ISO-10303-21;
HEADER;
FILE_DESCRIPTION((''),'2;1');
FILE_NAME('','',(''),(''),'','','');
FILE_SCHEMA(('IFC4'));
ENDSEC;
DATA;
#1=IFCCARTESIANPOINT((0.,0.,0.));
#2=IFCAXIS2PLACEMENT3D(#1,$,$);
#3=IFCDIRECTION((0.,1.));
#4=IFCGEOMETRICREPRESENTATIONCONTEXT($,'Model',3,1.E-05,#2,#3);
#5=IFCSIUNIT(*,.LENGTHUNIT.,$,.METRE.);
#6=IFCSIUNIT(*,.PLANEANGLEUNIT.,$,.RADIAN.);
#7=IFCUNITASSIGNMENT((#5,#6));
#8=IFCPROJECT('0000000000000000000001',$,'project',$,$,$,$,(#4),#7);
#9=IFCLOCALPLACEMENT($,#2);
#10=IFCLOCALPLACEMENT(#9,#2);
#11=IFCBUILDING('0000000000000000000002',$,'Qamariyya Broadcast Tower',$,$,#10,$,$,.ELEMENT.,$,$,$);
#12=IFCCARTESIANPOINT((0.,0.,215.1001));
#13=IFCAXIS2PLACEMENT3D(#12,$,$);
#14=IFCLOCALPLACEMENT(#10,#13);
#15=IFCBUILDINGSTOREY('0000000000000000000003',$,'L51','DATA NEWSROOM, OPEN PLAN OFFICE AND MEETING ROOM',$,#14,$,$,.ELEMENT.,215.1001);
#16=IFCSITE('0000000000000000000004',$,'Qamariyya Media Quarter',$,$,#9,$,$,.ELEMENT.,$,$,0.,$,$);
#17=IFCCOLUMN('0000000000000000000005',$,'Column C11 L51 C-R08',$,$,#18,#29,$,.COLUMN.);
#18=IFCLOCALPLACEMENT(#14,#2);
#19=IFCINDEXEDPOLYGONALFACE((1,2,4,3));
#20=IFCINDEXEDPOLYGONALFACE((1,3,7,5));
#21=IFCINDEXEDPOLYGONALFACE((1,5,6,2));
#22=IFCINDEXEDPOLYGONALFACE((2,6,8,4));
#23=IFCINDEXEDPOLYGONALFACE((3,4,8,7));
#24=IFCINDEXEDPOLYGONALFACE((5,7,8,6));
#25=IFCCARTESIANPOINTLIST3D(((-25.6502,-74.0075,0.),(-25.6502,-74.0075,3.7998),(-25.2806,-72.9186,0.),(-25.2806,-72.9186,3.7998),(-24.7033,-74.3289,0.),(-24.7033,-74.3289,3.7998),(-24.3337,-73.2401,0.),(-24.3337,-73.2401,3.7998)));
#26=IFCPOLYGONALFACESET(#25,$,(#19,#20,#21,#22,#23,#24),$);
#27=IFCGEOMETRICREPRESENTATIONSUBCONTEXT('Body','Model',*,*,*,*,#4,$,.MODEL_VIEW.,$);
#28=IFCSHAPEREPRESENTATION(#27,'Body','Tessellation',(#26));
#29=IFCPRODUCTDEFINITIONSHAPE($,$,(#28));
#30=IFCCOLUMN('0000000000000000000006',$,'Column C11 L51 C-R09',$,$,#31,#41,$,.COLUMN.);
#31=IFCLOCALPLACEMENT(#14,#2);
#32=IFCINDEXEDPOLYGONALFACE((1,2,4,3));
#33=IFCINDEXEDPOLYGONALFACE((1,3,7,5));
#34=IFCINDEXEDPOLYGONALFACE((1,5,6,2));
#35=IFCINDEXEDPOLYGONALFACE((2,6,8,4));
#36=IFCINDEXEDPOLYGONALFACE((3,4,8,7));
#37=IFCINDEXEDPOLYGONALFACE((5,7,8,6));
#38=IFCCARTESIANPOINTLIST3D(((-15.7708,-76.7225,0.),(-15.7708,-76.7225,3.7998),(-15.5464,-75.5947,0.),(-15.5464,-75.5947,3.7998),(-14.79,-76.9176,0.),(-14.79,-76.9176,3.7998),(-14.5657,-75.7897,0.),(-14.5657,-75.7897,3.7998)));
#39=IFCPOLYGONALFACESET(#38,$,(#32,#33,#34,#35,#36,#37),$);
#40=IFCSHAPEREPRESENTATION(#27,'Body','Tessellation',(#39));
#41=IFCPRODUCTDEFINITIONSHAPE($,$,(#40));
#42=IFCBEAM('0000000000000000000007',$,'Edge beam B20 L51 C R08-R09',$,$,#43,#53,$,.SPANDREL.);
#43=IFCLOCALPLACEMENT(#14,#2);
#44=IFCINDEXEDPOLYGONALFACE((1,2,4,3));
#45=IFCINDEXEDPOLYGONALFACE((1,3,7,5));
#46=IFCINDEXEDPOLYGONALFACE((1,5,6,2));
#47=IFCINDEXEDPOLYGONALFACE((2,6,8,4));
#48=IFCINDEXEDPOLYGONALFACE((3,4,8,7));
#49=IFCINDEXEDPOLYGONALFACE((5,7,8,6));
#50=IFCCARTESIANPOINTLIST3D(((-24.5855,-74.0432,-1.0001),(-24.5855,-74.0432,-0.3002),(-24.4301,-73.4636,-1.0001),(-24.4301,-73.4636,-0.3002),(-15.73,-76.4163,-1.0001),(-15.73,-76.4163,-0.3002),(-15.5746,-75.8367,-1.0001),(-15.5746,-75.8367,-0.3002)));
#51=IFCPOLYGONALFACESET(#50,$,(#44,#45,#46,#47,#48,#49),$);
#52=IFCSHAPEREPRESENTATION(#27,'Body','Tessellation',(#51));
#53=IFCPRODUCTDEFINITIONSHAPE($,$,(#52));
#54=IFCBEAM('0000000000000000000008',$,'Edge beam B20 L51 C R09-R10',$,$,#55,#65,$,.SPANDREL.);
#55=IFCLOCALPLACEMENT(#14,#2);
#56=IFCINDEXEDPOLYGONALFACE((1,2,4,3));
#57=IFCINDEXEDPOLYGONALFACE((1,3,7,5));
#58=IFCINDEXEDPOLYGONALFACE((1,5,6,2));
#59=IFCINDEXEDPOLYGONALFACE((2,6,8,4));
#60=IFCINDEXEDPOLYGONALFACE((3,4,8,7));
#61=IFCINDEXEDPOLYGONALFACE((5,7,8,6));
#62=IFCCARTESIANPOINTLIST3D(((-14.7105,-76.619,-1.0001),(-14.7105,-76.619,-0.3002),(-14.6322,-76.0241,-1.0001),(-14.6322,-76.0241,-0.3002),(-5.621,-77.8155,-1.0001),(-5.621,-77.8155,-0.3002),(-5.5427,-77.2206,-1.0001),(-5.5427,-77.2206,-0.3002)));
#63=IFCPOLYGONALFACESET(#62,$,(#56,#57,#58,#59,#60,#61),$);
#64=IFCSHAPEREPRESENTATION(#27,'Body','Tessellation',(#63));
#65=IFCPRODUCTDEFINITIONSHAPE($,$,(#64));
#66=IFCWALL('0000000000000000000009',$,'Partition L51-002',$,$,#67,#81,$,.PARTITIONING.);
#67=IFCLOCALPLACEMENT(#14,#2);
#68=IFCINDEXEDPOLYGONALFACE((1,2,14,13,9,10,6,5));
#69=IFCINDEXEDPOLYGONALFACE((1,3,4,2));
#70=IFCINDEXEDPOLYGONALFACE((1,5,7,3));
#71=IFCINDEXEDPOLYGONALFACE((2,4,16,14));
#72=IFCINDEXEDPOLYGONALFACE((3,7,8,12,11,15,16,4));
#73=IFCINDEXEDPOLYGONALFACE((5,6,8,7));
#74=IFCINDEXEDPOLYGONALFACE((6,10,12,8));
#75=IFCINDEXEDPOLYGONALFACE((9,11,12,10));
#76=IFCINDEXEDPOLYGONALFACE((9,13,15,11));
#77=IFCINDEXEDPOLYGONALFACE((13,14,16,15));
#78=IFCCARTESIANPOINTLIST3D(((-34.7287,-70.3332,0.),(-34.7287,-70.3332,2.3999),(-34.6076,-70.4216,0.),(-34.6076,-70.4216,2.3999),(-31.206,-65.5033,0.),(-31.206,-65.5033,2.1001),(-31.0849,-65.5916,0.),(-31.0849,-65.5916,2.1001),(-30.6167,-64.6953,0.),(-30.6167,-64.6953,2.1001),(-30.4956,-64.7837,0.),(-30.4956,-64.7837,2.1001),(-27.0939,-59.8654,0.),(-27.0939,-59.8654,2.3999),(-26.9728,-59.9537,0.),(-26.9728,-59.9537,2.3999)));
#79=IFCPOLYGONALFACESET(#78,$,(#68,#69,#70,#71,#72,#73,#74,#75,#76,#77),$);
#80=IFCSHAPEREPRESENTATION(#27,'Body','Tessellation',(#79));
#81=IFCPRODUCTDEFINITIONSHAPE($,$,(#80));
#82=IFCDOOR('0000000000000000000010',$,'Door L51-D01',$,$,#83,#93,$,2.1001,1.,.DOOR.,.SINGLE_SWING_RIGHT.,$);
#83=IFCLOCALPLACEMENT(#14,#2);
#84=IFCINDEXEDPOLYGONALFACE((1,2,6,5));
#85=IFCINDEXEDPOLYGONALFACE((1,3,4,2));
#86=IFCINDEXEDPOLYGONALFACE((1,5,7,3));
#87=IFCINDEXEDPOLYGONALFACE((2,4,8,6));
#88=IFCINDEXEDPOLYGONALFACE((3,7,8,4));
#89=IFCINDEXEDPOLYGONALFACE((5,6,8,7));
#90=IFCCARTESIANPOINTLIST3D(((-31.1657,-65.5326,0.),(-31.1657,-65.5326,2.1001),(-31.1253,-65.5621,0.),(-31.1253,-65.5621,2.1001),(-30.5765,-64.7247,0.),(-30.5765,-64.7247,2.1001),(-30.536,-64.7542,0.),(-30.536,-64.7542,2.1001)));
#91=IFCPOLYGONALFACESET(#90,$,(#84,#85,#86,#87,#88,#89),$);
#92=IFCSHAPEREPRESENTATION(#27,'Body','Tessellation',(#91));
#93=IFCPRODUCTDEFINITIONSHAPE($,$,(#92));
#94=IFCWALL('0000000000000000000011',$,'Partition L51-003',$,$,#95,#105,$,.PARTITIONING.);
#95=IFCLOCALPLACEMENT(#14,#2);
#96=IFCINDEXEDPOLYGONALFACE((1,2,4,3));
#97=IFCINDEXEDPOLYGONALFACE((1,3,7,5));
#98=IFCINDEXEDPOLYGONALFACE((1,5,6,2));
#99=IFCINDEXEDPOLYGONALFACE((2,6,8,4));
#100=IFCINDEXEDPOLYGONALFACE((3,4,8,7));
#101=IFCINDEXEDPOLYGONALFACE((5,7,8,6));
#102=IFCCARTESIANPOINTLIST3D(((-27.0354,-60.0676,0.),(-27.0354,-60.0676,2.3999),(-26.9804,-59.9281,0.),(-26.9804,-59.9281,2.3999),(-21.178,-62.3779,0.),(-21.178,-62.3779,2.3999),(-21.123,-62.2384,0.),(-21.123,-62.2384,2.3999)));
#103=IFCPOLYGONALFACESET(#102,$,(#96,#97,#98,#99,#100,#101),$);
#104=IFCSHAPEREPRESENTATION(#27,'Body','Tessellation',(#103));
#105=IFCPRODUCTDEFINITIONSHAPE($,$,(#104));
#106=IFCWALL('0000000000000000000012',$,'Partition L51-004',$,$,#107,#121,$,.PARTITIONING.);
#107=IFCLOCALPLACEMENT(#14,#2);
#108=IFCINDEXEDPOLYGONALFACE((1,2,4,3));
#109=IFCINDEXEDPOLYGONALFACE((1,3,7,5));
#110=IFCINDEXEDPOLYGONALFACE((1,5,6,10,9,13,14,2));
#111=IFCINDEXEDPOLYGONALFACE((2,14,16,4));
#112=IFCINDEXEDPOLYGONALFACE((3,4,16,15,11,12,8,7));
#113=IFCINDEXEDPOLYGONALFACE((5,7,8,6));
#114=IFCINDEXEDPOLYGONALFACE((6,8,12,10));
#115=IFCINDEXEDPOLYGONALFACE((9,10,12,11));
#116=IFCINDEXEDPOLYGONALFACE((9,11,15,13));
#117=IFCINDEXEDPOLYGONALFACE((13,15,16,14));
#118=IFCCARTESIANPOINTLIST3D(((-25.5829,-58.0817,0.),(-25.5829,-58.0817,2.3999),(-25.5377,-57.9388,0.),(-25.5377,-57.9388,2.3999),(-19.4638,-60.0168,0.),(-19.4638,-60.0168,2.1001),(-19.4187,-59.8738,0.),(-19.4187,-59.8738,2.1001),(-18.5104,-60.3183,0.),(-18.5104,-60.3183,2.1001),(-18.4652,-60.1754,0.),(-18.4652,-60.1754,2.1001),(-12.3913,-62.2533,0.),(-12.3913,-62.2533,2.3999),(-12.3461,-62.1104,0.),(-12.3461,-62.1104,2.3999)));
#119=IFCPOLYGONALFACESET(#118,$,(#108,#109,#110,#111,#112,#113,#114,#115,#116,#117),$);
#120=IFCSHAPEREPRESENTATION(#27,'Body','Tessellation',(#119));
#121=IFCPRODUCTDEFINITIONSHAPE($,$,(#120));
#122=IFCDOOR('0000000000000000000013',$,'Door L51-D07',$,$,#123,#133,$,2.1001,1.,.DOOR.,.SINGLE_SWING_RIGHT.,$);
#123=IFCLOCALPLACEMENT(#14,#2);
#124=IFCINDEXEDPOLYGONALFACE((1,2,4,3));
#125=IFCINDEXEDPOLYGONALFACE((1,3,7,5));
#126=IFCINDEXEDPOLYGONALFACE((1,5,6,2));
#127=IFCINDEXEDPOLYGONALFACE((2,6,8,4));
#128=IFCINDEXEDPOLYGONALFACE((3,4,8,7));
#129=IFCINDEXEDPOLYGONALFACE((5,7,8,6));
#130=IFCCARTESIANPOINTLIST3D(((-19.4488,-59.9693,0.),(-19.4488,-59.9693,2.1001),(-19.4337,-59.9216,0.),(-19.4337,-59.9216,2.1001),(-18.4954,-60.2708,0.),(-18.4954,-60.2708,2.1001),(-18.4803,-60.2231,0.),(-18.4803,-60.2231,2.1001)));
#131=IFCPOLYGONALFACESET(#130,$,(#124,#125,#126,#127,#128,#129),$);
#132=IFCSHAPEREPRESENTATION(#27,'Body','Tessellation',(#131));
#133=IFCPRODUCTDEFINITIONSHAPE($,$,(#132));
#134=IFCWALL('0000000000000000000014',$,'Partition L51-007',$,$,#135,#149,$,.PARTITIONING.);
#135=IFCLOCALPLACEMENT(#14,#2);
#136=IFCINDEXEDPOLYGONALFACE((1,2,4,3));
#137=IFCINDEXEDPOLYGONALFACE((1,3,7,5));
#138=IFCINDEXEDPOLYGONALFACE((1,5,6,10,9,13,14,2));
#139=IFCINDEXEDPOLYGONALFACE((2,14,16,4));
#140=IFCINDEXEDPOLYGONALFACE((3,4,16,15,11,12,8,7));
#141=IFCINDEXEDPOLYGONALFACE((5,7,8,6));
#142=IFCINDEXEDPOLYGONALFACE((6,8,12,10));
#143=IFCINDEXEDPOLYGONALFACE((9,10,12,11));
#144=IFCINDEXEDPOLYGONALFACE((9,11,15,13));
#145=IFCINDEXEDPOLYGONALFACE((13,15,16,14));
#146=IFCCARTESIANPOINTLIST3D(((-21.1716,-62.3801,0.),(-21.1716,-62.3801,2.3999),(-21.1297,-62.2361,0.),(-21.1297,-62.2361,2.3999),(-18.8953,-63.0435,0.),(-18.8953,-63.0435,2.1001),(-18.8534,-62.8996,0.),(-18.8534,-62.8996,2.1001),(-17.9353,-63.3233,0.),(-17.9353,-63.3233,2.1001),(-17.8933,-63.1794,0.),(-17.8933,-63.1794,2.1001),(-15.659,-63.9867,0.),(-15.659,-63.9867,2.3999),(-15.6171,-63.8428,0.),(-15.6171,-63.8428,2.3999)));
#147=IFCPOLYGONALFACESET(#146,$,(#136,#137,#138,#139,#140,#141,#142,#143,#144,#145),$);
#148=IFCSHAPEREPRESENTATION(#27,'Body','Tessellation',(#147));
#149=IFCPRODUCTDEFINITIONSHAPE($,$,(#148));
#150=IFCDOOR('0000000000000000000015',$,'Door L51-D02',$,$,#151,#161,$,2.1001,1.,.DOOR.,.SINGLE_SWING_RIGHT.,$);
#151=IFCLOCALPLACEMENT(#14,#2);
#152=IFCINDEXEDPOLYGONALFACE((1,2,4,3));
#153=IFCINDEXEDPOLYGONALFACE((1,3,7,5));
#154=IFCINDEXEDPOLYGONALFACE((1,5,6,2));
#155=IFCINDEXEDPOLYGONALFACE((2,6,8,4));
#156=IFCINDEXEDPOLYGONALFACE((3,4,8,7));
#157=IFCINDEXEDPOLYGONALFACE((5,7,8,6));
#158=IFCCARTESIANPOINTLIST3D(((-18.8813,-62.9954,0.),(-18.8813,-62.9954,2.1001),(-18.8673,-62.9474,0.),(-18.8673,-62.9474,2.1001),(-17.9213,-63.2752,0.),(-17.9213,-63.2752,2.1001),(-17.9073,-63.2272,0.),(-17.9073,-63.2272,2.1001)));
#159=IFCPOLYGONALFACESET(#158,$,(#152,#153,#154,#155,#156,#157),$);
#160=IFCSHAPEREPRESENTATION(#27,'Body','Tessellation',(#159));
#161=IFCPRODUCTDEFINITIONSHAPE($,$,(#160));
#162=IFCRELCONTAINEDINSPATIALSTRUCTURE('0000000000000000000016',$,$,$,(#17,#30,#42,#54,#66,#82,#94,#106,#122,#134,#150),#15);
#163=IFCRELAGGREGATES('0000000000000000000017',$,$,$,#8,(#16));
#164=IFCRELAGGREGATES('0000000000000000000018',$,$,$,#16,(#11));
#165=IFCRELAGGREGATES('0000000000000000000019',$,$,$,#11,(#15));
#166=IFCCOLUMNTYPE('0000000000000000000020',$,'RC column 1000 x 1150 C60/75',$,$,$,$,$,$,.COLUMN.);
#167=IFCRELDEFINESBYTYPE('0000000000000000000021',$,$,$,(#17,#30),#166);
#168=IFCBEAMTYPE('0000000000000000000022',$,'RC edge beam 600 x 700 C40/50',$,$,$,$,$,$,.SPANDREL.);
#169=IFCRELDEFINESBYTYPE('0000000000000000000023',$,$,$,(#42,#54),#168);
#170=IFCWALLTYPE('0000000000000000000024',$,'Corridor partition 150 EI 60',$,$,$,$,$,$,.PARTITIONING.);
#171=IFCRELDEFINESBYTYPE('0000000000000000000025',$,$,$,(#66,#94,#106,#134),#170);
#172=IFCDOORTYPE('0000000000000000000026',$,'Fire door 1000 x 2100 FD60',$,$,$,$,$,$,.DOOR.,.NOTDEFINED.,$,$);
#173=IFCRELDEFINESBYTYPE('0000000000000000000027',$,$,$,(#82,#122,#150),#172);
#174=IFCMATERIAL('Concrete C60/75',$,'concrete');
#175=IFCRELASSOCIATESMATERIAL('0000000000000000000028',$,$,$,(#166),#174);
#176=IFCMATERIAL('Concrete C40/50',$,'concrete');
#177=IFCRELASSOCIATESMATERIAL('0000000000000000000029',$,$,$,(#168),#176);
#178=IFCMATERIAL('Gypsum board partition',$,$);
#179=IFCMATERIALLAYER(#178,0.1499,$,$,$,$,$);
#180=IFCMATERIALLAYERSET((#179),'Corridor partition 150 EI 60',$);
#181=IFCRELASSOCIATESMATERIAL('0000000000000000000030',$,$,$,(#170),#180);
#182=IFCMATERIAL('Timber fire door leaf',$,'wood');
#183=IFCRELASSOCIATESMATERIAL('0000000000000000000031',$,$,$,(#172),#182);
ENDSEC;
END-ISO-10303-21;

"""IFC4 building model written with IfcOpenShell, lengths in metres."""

from ifc_helpers import new_model, si_unit, direction, frame, frame_2d, origin, origin_2d, place, context, subcontext, project, spatial, rectangle, extrude, material, layer, layer_set, material_profile, profile_set, type_object, element, fill, save


model = new_model("IFC4")

# Units and contexts
model_context = context("Model", 3, precision=1e-05, world=origin(), true_north=direction((0.0, 1.0)))
body_context = subcontext(model_context, "Body", "Model", "MODEL_VIEW")
ifc_project = project(units=[si_unit("LENGTHUNIT", "METRE"), si_unit("PLANEANGLEUNIT", "RADIAN")], contexts=[model_context])

# Site, building, storey
site_placement = place(None, origin())
site = spatial("IfcSite", under=ifc_project, at=site_placement, Name="Qamariyya Media Quarter", CompositionType="ELEMENT", RefElevation=0.0)
building_placement = place(site_placement, origin())
building = spatial("IfcBuilding", under=site, at=building_placement, Name="Qamariyya Broadcast Tower", CompositionType="ELEMENT")
storey_placement = place(building_placement, frame((0.0, 0.0, 215.1001)))
storey = spatial("IfcBuildingStorey", under=building, at=storey_placement, Name="L51", Description="DATA NEWSROOM, OPEN PLAN OFFICE AND MEETING ROOM", CompositionType="ELEMENT", Elevation=215.1001)

# Columns
ifc_material_1 = material(Name="Concrete C60/75", Category="concrete")
ifc_material_profile_1 = material_profile(ifc_material_1, rectangle(XDim=1.0, YDim=1.1499, at=origin_2d()))
ifc_profile_set_1 = profile_set([ifc_material_profile_1], Name="Concrete C60/75")
column_type = type_object("IfcColumnType", Name="RC column 1000 x 1150 C60/75", PredefinedType="COLUMN", material=ifc_profile_set_1)
for number, where, z_axis, x_axis, name in (
    (1, (-24.9919, -73.6238, 0.0), (0.0, 0.0, 1.0), (0.94693, -0.321439, 0.0), "Column C11 L51 C-R08"),
    (2, (-15.1682, -76.2561, 0.0), (0.0, 0.0, 1.0), (0.980785, -0.19509, 0.0), "Column C11 L51 C-R09"),
):
    element("IfcColumn", number, at=place(storey_placement, frame(where, z_axis=z_axis, x_axis=x_axis)), inside=storey, type_object=column_type, Name=name, PredefinedType="COLUMN", context=body_context, shape_type="SweptSolid", body=[
        extrude(rectangle(XDim=1.0, YDim=1.1499, at=origin_2d()), origin(), (0.0, 0.0, 1.0), 3.7998),
    ])

# Beams
ifc_material_2 = material(Name="Concrete C40/50", Category="concrete")
ifc_material_profile_2 = material_profile(ifc_material_2, rectangle(XDim=0.6001, YDim=0.7, at=origin_2d()))
ifc_profile_set_2 = profile_set([ifc_material_profile_2], Name="Concrete C40/50")
beam_type = type_object("IfcBeamType", Name="RC edge beam 600 x 700 C40/50", PredefinedType="SPANDREL", material=ifc_profile_set_2)
for number, where, z_axis, x_axis, name in (
    (3, (-24.5078, -73.7534, -0.6501), (0.96592, -0.258843, 0.0), (0.258843, 0.96592, 0.0), "Edge beam B20 L51 C R08-R09"),
    (4, (-14.6714, -76.3215, -0.6501), (0.991447, -0.130512, 0.0), (0.130512, 0.991447, 0.0), "Edge beam B20 L51 C R09-R10"),
):
    element("IfcBeam", number, at=place(storey_placement, frame(where, z_axis=z_axis, x_axis=x_axis)), inside=storey, type_object=beam_type, Name=name, PredefinedType="SPANDREL", context=body_context, shape_type="SweptSolid", body=[
        extrude(rectangle(XDim=0.6001, YDim=0.7, at=origin_2d()), origin(), (0.0, 0.0, 1.0), 9.168),
    ])

# Wall, opening, door
ifc_material_3 = material(Name="Gypsum board partition")
ifc_layer_1 = layer(ifc_material_3, 0.1499)
ifc_layer_set_1 = layer_set([ifc_layer_1], Name="Corridor partition 150 EI 60")
wall_type_1 = type_object("IfcWallType", Name="Corridor partition 150 EI 60", PredefinedType="PARTITIONING", material=ifc_layer_set_1)
wall_1_placement = place(storey_placement, frame((-27.0334, -59.9097, 0.0), z_axis=(0.0, 0.0, 1.0), x_axis=(-0.589274, -0.807934, 0.0)))
wall_1 = element("IfcWall", 5, at=wall_1_placement, inside=storey, type_object=wall_type_1, Name="Partition L51-002", PredefinedType="PARTITIONING", context=body_context, shape_type="SweptSolid", body=[
    extrude(rectangle(XDim=12.9563, YDim=0.1499, at=frame_2d((6.478, 0.0))), origin(), (0.0, 0.0, 1.0), 2.3999),
])
opening_1_placement = place(wall_1_placement, frame((5.978, 0.0, 0.0)))
opening_1 = element("IfcOpeningElement", 6, at=opening_1_placement, cuts=wall_1, PredefinedType="OPENING", context=body_context, shape_type="SweptSolid", body=[
    extrude(rectangle(XDim=1.0, YDim=2.1001, at=frame_2d((0.5, 1.05))), frame((0.0, 0.085, 0.0), z_axis=(0.0, -1.0, 0.0), x_axis=(1.0, 0.0, 0.0)), (0.0, 0.0, 1.0), 0.1699),
])
ifc_material_4 = material(Name="Timber fire door leaf", Category="wood")
door_type_1 = type_object("IfcDoorType", Name="Fire door 1000 x 2100 FD60", OperationType="NOTDEFINED", PredefinedType="DOOR", material=ifc_material_4)
door_1_placement = place(opening_1_placement, origin())
door_1 = element("IfcDoor", 7, at=door_1_placement, inside=storey, type_object=door_type_1, Name="Door L51-D01", OperationType="SINGLE_SWING_RIGHT", OverallHeight=2.1001, OverallWidth=1.0, PredefinedType="DOOR", context=body_context, shape_type="SweptSolid", body=[
    extrude(rectangle(XDim=1.0, YDim=2.1001, at=frame_2d((0.5, 1.05))), frame((0.0, 0.0249, 0.0), z_axis=(0.0, -1.0, 0.0), x_axis=(1.0, 0.0, 0.0)), (0.0, 0.0, 1.0), 0.05),
])
fill(opening_1, door_1)

# Wall
wall_2_placement = place(storey_placement, frame((-27.0081, -59.9978, 0.0), z_axis=(0.0, 0.0, 1.0), x_axis=(0.930255, -0.366914, 0.0)))
element("IfcWall", 8, at=wall_2_placement, inside=storey, type_object=wall_type_1, Name="Partition L51-003", PredefinedType="PARTITIONING", context=body_context, shape_type="SweptSolid", body=[
    extrude(rectangle(XDim=6.2966, YDim=0.1499, at=frame_2d((3.1484, 0.0))), origin(), (0.0, 0.0, 1.0), 2.3999),
])

# Walls, openings, doors
wall_3_placement = place(storey_placement, frame((-25.5603, -58.0103, 0.0), z_axis=(0.0, 0.0, 1.0), x_axis=(0.953461, -0.301516, 0.0)))
wall_3 = element("IfcWall", 9, at=wall_3_placement, inside=storey, type_object=wall_type_1, Name="Partition L51-004", PredefinedType="PARTITIONING", context=body_context, shape_type="SweptSolid", body=[
    extrude(rectangle(XDim=13.8354, YDim=0.1499, at=frame_2d((6.9177, 0.0))), origin(), (0.0, 0.0, 1.0), 2.3999),
])
opening_2_placement = place(wall_3_placement, frame((6.4177, 0.0, 0.0)))
opening_2 = element("IfcOpeningElement", 10, at=opening_2_placement, cuts=wall_3, PredefinedType="OPENING", context=body_context, shape_type="SweptSolid", body=[
    extrude(rectangle(XDim=1.0, YDim=2.1001, at=frame_2d((0.5, 1.05))), frame((0.0, 0.085, 0.0), z_axis=(0.0, -1.0, 0.0), x_axis=(1.0, 0.0, 0.0)), (0.0, 0.0, 1.0), 0.1699),
])
door_2_placement = place(opening_2_placement, origin())
door_2 = element("IfcDoor", 11, at=door_2_placement, inside=storey, type_object=door_type_1, Name="Door L51-D07", OperationType="SINGLE_SWING_RIGHT", OverallHeight=2.1001, OverallWidth=1.0, PredefinedType="DOOR", context=body_context, shape_type="SweptSolid", body=[
    extrude(rectangle(XDim=1.0, YDim=2.1001, at=frame_2d((0.5, 1.05))), frame((0.0, 0.0249, 0.0), z_axis=(0.0, -1.0, 0.0), x_axis=(1.0, 0.0, 0.0)), (0.0, 0.0, 1.0), 0.05),
])
fill(opening_2, door_2)
wall_4_placement = place(storey_placement, frame((-15.6379, -63.9148, 0.0), z_axis=(0.0, 0.0, 1.0), x_axis=(-0.960055, 0.279811, 0.0)))
wall_4 = element("IfcWall", 12, at=wall_4_placement, inside=storey, type_object=wall_type_1, Name="Partition L51-007", PredefinedType="PARTITIONING", context=body_context, shape_type="SweptSolid", body=[
    extrude(rectangle(XDim=5.7419, YDim=0.1499, at=frame_2d((2.8711, 0.0))), origin(), (0.0, 0.0, 1.0), 2.3999),
])
opening_3_placement = place(wall_4_placement, frame((2.3711, 0.0, 0.0)))
opening_3 = element("IfcOpeningElement", 13, at=opening_3_placement, cuts=wall_4, PredefinedType="OPENING", context=body_context, shape_type="SweptSolid", body=[
    extrude(rectangle(XDim=1.0, YDim=2.1001, at=frame_2d((0.5, 1.05))), frame((0.0, 0.085, 0.0), z_axis=(0.0, -1.0, 0.0), x_axis=(1.0, 0.0, 0.0)), (0.0, 0.0, 1.0), 0.1699),
])
door_3_placement = place(opening_3_placement, origin())
door_3 = element("IfcDoor", 14, at=door_3_placement, inside=storey, type_object=door_type_1, Name="Door L51-D02", OperationType="SINGLE_SWING_RIGHT", OverallHeight=2.1001, OverallWidth=1.0, PredefinedType="DOOR", context=body_context, shape_type="SweptSolid", body=[
    extrude(rectangle(XDim=1.0, YDim=2.1001, at=frame_2d((0.5, 1.05))), frame((0.0, 0.0249, 0.0), z_axis=(0.0, -1.0, 0.0), x_axis=(1.0, 0.0, 0.0)), (0.0, 0.0, 1.0), 0.05),
])
fill(opening_3, door_3)

save(model, "model.ifc")
